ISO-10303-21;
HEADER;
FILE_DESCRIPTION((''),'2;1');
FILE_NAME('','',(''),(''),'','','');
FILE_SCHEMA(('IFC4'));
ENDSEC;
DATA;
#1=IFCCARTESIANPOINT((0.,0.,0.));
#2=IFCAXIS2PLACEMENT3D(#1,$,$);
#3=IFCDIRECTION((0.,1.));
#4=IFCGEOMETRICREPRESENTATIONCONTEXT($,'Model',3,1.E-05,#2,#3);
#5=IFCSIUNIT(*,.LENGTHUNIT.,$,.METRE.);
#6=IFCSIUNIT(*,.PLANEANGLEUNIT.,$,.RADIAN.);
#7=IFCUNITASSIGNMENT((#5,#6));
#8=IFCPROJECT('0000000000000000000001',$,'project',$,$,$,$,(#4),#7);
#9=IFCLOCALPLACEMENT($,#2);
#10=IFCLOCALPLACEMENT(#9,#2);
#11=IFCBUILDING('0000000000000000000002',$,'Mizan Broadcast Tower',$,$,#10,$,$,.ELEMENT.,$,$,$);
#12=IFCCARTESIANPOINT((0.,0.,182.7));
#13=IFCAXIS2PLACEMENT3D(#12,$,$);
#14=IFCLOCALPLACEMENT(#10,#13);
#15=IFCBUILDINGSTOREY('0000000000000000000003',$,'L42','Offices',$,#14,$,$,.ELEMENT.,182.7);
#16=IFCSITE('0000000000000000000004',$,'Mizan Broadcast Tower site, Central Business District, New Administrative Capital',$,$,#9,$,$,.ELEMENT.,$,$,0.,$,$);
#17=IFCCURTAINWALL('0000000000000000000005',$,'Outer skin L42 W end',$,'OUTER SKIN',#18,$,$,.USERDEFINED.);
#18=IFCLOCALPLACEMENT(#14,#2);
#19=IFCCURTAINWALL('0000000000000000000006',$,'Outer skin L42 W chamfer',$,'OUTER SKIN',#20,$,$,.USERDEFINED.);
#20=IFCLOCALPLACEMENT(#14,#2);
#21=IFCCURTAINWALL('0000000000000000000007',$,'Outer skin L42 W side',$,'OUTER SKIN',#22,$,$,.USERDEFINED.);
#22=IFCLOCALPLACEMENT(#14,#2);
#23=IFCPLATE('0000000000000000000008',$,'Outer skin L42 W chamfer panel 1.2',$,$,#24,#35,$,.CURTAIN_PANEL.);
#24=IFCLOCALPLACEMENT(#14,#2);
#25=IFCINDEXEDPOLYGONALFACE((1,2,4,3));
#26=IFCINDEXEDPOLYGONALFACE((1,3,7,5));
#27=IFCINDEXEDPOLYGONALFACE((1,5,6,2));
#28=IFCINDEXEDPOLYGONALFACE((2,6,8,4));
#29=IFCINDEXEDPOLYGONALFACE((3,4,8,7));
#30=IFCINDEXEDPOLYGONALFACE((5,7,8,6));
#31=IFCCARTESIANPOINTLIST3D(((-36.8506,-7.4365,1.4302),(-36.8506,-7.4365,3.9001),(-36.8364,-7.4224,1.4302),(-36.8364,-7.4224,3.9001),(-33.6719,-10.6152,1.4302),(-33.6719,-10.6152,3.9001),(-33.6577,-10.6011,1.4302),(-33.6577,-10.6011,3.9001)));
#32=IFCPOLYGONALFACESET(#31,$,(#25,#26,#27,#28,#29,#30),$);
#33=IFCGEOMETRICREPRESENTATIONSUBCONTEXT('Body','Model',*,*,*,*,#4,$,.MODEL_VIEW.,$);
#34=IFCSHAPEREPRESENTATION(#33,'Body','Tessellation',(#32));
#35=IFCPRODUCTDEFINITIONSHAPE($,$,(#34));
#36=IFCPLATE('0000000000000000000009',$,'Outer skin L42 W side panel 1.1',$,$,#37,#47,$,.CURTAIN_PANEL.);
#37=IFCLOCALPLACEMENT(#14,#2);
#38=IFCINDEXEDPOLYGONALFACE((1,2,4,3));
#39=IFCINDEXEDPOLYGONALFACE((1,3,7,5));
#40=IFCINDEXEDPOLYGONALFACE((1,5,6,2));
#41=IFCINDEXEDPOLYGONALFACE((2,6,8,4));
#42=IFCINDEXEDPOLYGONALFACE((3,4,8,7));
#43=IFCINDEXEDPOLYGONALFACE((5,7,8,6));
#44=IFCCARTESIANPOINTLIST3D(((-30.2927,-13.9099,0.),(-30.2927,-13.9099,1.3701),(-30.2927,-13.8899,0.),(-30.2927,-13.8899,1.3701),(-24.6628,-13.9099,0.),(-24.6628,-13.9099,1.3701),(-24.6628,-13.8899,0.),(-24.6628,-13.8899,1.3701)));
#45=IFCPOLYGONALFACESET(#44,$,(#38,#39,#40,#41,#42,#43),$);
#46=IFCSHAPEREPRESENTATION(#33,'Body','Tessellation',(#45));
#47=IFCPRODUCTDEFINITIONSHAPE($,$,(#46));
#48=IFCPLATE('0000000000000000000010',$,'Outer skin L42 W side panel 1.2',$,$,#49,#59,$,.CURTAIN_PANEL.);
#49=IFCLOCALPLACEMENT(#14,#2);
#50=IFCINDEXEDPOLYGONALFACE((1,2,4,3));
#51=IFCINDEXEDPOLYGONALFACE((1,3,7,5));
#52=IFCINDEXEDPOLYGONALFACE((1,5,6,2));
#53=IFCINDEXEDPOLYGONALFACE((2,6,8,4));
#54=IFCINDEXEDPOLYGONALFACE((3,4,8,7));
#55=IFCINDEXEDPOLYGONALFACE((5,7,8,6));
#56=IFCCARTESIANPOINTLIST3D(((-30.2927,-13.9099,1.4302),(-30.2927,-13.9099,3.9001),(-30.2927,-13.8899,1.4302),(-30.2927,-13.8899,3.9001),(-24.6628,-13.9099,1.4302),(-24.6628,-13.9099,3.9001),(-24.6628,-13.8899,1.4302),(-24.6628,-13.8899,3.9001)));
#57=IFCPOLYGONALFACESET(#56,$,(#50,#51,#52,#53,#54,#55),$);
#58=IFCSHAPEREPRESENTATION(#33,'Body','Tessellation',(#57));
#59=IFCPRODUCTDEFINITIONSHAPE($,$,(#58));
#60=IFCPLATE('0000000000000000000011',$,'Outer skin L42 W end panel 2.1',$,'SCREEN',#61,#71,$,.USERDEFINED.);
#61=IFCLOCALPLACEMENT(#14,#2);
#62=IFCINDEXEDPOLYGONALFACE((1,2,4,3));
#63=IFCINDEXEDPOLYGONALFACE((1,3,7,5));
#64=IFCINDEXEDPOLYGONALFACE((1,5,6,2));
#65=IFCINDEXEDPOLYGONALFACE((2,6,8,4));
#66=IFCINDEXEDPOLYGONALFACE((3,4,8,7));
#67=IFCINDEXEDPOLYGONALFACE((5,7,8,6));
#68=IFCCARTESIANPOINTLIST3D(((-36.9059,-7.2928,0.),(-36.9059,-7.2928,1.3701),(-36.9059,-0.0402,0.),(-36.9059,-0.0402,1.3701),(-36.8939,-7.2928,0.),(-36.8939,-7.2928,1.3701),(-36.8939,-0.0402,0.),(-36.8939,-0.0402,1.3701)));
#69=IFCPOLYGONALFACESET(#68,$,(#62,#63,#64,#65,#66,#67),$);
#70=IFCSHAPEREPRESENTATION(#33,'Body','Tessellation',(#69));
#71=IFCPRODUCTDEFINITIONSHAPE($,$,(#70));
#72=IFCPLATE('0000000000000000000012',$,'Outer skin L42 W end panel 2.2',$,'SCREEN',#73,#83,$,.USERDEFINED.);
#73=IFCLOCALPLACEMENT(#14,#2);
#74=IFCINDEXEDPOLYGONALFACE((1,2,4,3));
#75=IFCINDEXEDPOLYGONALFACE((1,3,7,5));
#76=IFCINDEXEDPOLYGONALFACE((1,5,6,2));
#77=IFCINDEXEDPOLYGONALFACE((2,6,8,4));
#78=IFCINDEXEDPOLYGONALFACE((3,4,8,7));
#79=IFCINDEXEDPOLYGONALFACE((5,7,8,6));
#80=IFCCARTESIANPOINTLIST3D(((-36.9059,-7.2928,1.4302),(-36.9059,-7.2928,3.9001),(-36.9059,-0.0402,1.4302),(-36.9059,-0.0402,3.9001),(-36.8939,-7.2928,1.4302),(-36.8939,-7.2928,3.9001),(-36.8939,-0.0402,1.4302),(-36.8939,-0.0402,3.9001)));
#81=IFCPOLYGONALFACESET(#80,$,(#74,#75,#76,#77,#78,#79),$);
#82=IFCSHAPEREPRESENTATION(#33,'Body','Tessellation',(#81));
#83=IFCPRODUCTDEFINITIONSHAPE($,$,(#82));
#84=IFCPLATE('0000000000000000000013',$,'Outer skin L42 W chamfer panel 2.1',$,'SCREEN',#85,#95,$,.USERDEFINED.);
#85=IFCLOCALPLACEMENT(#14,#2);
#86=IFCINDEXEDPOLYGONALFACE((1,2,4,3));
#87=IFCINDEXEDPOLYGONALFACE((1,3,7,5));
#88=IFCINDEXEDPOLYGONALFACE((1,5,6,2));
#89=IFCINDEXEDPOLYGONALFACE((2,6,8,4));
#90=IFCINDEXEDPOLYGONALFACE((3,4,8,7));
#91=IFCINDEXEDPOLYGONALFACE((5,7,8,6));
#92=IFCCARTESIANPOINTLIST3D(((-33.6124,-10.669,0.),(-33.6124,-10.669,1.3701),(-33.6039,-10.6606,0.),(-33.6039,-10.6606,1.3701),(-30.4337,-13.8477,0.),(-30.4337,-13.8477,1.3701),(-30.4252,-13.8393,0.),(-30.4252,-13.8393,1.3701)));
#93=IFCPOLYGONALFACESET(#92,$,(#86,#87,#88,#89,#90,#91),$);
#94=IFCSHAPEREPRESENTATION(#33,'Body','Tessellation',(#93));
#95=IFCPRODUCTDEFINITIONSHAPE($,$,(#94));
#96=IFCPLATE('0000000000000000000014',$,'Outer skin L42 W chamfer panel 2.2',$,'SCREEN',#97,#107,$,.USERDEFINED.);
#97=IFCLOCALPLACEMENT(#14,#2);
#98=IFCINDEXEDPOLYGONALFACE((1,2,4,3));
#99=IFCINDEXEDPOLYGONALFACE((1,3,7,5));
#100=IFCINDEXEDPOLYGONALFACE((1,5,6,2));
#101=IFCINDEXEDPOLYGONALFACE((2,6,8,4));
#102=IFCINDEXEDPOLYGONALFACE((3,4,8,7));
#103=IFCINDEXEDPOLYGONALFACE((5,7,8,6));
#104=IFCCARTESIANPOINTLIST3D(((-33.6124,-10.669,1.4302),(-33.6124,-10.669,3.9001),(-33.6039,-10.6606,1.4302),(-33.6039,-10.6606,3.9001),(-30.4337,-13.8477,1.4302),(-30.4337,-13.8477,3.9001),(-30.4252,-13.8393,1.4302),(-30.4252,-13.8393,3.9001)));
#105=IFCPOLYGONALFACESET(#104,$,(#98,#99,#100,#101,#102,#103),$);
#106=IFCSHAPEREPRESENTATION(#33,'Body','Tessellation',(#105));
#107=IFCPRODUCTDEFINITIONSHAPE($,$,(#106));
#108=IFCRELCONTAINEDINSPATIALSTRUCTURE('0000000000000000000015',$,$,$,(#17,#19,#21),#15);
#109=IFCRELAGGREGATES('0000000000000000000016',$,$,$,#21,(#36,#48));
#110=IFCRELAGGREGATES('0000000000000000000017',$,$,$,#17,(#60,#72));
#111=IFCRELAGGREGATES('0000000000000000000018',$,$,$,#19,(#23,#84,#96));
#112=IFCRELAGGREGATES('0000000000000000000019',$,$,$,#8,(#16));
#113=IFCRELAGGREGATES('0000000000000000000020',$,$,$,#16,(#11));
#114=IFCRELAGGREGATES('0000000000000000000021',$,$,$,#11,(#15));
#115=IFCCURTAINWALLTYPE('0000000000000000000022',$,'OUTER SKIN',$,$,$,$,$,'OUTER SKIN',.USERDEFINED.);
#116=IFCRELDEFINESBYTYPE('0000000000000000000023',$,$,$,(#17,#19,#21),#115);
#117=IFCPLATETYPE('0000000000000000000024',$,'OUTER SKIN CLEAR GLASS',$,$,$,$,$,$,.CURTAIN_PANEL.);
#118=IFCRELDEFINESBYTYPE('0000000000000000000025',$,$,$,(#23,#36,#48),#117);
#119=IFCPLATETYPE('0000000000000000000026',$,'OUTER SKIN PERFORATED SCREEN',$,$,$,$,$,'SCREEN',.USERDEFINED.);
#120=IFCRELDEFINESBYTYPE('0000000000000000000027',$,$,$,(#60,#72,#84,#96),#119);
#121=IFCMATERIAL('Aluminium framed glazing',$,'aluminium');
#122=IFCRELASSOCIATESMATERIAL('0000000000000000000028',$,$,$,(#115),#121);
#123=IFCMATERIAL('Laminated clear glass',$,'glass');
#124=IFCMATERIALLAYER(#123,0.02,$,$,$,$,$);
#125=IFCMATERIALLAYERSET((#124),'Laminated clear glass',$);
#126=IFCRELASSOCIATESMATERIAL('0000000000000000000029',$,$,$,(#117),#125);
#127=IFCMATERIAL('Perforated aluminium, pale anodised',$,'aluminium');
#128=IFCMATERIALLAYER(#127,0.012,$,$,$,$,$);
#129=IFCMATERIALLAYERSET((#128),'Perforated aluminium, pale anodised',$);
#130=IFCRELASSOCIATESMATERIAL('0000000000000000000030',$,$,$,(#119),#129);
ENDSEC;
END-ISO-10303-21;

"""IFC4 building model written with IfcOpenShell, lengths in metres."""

from ifc_helpers import new_model, si_unit, direction, frame, origin, origin_2d, place, context, subcontext, project, spatial, rectangle, extrude, material, layer, layer_set, type_object, element, aggregate, save


model = new_model("IFC4")

# Units and contexts
model_context = context("Model", 3, precision=1e-05, world=origin(), true_north=direction((0.0, 1.0)))
body_context = subcontext(model_context, "Body", "Model", "MODEL_VIEW")
ifc_project = project(units=[si_unit("LENGTHUNIT", "METRE"), si_unit("PLANEANGLEUNIT", "RADIAN")], contexts=[model_context])

# Site, building, storey
site_placement = place(None, origin())
site = spatial("IfcSite", under=ifc_project, at=site_placement, Name="Mizan Broadcast Tower site, Central Business District, New Administrative Capital", CompositionType="ELEMENT", RefElevation=0.0)
building_placement = place(site_placement, origin())
building = spatial("IfcBuilding", under=site, at=building_placement, Name="Mizan Broadcast Tower", CompositionType="ELEMENT")
storey_placement = place(building_placement, frame((0.0, 0.0, 182.7)))
storey = spatial("IfcBuildingStorey", under=building, at=storey_placement, Name="L42", Description="Offices", CompositionType="ELEMENT", Elevation=182.7)

# Curtain walls
ifc_material_1 = material(Name="Aluminium framed glazing", Category="aluminium")
curtain_wall_type_1 = type_object("IfcCurtainWallType", Name="OUTER SKIN", ElementType="OUTER SKIN", PredefinedType="USERDEFINED", material=ifc_material_1)
curtain_wall_1_placement = place(storey_placement, origin())
curtain_wall_1 = element("IfcCurtainWall", 1, at=curtain_wall_1_placement, inside=storey, type_object=curtain_wall_type_1, Name="Outer skin L42 W end", ObjectType="OUTER SKIN", PredefinedType="USERDEFINED")
curtain_wall_2_placement = place(storey_placement, origin())
curtain_wall_2 = element("IfcCurtainWall", 2, at=curtain_wall_2_placement, inside=storey, type_object=curtain_wall_type_1, Name="Outer skin L42 W chamfer", ObjectType="OUTER SKIN", PredefinedType="USERDEFINED")

# Curtain wall
curtain_wall_3_placement = place(storey_placement, origin())
curtain_wall_3 = element("IfcCurtainWall", 3, at=curtain_wall_3_placement, inside=storey, type_object=curtain_wall_type_1, Name="Outer skin L42 W side", ObjectType="OUTER SKIN", PredefinedType="USERDEFINED")

# Plates
ifc_material_2 = material(Name="Laminated clear glass", Category="glass")
ifc_layer_1 = layer(ifc_material_2, 0.02)
ifc_layer_set_1 = layer_set([ifc_layer_1], Name="Laminated clear glass")
plate_type_1 = type_object("IfcPlateType", Name="OUTER SKIN CLEAR GLASS", PredefinedType="CURTAIN_PANEL", material=ifc_layer_set_1)
plate_1_placement = place(storey_placement, frame((-35.2542, -9.0188, 1.4302), z_axis=(0.0, 0.0, 1.0), x_axis=(0.707107, -0.707107, 0.0)))
plate_1 = element("IfcPlate", 4, at=plate_1_placement, type_object=plate_type_1, Name="Outer skin L42 W chamfer panel 1.2", PredefinedType="CURTAIN_PANEL", context=body_context, shape_type="SweptSolid", body=[
    extrude(rectangle(XDim=4.4954, YDim=0.02, at=origin_2d()), origin(), (0.0, 0.0, 1.0), 2.47),
])
plate_2_placement = place(storey_placement, frame((-27.4778, -13.8999, 0.0), z_axis=(0.0, 0.0, 1.0), x_axis=(1.0, 0.0, 0.0)))
plate_2 = element("IfcPlate", 5, at=plate_2_placement, type_object=plate_type_1, Name="Outer skin L42 W side panel 1.1", PredefinedType="CURTAIN_PANEL", context=body_context, shape_type="SweptSolid", body=[
    extrude(rectangle(XDim=5.6299, YDim=0.02, at=origin_2d()), origin(), (0.0, 0.0, 1.0), 1.3701),
])
plate_3_placement = place(storey_placement, frame((-27.4778, -13.8999, 1.4302), z_axis=(0.0, 0.0, 1.0), x_axis=(1.0, 0.0, 0.0)))
plate_3 = element("IfcPlate", 6, at=plate_3_placement, type_object=plate_type_1, Name="Outer skin L42 W side panel 1.2", PredefinedType="CURTAIN_PANEL", context=body_context, shape_type="SweptSolid", body=[
    extrude(rectangle(XDim=5.6299, YDim=0.02, at=origin_2d()), origin(), (0.0, 0.0, 1.0), 2.47),
])
aggregate(curtain_wall_3, [plate_2, plate_3])
ifc_material_3 = material(Name="Perforated aluminium, pale anodised", Category="aluminium")
ifc_layer_2 = layer(ifc_material_3, 0.012)
ifc_layer_set_2 = layer_set([ifc_layer_2], Name="Perforated aluminium, pale anodised")
plate_type_2 = type_object("IfcPlateType", Name="OUTER SKIN PERFORATED SCREEN", ElementType="SCREEN", PredefinedType="USERDEFINED", material=ifc_layer_set_2)
plate_4_placement = place(storey_placement, frame((-36.8999, -3.6665, 0.0), z_axis=(0.0, 0.0, 1.0), x_axis=(0.0, -1.0, 0.0)))
plate_4 = element("IfcPlate", 7, at=plate_4_placement, type_object=plate_type_2, Name="Outer skin L42 W end panel 2.1", ObjectType="SCREEN", PredefinedType="USERDEFINED", context=body_context, shape_type="SweptSolid", body=[
    extrude(rectangle(XDim=7.2527, YDim=0.012, at=origin_2d()), origin(), (0.0, 0.0, 1.0), 1.3701),
])
plate_5_placement = place(storey_placement, frame((-36.8999, -3.6665, 1.4302), z_axis=(0.0, 0.0, 1.0), x_axis=(0.0, -1.0, 0.0)))
plate_5 = element("IfcPlate", 8, at=plate_5_placement, type_object=plate_type_2, Name="Outer skin L42 W end panel 2.2", ObjectType="SCREEN", PredefinedType="USERDEFINED", context=body_context, shape_type="SweptSolid", body=[
    extrude(rectangle(XDim=7.2527, YDim=0.012, at=origin_2d()), origin(), (0.0, 0.0, 1.0), 2.47),
])
aggregate(curtain_wall_1, [plate_4, plate_5])
plate_6_placement = place(storey_placement, frame((-32.0188, -12.2542, 0.0), z_axis=(0.0, 0.0, 1.0), x_axis=(0.707107, -0.707107, 0.0)))
plate_6 = element("IfcPlate", 9, at=plate_6_placement, type_object=plate_type_2, Name="Outer skin L42 W chamfer panel 2.1", ObjectType="SCREEN", PredefinedType="USERDEFINED", context=body_context, shape_type="SweptSolid", body=[
    extrude(rectangle(XDim=4.4954, YDim=0.012, at=origin_2d()), origin(), (0.0, 0.0, 1.0), 1.3701),
])
plate_7_placement = place(storey_placement, frame((-32.0188, -12.2542, 1.4302), z_axis=(0.0, 0.0, 1.0), x_axis=(0.707107, -0.707107, 0.0)))
plate_7 = element("IfcPlate", 10, at=plate_7_placement, type_object=plate_type_2, Name="Outer skin L42 W chamfer panel 2.2", ObjectType="SCREEN", PredefinedType="USERDEFINED", context=body_context, shape_type="SweptSolid", body=[
    extrude(rectangle(XDim=4.4954, YDim=0.012, at=origin_2d()), origin(), (0.0, 0.0, 1.0), 2.47),
])
aggregate(curtain_wall_2, [plate_1, plate_6, plate_7])

save(model, "model.ifc")
